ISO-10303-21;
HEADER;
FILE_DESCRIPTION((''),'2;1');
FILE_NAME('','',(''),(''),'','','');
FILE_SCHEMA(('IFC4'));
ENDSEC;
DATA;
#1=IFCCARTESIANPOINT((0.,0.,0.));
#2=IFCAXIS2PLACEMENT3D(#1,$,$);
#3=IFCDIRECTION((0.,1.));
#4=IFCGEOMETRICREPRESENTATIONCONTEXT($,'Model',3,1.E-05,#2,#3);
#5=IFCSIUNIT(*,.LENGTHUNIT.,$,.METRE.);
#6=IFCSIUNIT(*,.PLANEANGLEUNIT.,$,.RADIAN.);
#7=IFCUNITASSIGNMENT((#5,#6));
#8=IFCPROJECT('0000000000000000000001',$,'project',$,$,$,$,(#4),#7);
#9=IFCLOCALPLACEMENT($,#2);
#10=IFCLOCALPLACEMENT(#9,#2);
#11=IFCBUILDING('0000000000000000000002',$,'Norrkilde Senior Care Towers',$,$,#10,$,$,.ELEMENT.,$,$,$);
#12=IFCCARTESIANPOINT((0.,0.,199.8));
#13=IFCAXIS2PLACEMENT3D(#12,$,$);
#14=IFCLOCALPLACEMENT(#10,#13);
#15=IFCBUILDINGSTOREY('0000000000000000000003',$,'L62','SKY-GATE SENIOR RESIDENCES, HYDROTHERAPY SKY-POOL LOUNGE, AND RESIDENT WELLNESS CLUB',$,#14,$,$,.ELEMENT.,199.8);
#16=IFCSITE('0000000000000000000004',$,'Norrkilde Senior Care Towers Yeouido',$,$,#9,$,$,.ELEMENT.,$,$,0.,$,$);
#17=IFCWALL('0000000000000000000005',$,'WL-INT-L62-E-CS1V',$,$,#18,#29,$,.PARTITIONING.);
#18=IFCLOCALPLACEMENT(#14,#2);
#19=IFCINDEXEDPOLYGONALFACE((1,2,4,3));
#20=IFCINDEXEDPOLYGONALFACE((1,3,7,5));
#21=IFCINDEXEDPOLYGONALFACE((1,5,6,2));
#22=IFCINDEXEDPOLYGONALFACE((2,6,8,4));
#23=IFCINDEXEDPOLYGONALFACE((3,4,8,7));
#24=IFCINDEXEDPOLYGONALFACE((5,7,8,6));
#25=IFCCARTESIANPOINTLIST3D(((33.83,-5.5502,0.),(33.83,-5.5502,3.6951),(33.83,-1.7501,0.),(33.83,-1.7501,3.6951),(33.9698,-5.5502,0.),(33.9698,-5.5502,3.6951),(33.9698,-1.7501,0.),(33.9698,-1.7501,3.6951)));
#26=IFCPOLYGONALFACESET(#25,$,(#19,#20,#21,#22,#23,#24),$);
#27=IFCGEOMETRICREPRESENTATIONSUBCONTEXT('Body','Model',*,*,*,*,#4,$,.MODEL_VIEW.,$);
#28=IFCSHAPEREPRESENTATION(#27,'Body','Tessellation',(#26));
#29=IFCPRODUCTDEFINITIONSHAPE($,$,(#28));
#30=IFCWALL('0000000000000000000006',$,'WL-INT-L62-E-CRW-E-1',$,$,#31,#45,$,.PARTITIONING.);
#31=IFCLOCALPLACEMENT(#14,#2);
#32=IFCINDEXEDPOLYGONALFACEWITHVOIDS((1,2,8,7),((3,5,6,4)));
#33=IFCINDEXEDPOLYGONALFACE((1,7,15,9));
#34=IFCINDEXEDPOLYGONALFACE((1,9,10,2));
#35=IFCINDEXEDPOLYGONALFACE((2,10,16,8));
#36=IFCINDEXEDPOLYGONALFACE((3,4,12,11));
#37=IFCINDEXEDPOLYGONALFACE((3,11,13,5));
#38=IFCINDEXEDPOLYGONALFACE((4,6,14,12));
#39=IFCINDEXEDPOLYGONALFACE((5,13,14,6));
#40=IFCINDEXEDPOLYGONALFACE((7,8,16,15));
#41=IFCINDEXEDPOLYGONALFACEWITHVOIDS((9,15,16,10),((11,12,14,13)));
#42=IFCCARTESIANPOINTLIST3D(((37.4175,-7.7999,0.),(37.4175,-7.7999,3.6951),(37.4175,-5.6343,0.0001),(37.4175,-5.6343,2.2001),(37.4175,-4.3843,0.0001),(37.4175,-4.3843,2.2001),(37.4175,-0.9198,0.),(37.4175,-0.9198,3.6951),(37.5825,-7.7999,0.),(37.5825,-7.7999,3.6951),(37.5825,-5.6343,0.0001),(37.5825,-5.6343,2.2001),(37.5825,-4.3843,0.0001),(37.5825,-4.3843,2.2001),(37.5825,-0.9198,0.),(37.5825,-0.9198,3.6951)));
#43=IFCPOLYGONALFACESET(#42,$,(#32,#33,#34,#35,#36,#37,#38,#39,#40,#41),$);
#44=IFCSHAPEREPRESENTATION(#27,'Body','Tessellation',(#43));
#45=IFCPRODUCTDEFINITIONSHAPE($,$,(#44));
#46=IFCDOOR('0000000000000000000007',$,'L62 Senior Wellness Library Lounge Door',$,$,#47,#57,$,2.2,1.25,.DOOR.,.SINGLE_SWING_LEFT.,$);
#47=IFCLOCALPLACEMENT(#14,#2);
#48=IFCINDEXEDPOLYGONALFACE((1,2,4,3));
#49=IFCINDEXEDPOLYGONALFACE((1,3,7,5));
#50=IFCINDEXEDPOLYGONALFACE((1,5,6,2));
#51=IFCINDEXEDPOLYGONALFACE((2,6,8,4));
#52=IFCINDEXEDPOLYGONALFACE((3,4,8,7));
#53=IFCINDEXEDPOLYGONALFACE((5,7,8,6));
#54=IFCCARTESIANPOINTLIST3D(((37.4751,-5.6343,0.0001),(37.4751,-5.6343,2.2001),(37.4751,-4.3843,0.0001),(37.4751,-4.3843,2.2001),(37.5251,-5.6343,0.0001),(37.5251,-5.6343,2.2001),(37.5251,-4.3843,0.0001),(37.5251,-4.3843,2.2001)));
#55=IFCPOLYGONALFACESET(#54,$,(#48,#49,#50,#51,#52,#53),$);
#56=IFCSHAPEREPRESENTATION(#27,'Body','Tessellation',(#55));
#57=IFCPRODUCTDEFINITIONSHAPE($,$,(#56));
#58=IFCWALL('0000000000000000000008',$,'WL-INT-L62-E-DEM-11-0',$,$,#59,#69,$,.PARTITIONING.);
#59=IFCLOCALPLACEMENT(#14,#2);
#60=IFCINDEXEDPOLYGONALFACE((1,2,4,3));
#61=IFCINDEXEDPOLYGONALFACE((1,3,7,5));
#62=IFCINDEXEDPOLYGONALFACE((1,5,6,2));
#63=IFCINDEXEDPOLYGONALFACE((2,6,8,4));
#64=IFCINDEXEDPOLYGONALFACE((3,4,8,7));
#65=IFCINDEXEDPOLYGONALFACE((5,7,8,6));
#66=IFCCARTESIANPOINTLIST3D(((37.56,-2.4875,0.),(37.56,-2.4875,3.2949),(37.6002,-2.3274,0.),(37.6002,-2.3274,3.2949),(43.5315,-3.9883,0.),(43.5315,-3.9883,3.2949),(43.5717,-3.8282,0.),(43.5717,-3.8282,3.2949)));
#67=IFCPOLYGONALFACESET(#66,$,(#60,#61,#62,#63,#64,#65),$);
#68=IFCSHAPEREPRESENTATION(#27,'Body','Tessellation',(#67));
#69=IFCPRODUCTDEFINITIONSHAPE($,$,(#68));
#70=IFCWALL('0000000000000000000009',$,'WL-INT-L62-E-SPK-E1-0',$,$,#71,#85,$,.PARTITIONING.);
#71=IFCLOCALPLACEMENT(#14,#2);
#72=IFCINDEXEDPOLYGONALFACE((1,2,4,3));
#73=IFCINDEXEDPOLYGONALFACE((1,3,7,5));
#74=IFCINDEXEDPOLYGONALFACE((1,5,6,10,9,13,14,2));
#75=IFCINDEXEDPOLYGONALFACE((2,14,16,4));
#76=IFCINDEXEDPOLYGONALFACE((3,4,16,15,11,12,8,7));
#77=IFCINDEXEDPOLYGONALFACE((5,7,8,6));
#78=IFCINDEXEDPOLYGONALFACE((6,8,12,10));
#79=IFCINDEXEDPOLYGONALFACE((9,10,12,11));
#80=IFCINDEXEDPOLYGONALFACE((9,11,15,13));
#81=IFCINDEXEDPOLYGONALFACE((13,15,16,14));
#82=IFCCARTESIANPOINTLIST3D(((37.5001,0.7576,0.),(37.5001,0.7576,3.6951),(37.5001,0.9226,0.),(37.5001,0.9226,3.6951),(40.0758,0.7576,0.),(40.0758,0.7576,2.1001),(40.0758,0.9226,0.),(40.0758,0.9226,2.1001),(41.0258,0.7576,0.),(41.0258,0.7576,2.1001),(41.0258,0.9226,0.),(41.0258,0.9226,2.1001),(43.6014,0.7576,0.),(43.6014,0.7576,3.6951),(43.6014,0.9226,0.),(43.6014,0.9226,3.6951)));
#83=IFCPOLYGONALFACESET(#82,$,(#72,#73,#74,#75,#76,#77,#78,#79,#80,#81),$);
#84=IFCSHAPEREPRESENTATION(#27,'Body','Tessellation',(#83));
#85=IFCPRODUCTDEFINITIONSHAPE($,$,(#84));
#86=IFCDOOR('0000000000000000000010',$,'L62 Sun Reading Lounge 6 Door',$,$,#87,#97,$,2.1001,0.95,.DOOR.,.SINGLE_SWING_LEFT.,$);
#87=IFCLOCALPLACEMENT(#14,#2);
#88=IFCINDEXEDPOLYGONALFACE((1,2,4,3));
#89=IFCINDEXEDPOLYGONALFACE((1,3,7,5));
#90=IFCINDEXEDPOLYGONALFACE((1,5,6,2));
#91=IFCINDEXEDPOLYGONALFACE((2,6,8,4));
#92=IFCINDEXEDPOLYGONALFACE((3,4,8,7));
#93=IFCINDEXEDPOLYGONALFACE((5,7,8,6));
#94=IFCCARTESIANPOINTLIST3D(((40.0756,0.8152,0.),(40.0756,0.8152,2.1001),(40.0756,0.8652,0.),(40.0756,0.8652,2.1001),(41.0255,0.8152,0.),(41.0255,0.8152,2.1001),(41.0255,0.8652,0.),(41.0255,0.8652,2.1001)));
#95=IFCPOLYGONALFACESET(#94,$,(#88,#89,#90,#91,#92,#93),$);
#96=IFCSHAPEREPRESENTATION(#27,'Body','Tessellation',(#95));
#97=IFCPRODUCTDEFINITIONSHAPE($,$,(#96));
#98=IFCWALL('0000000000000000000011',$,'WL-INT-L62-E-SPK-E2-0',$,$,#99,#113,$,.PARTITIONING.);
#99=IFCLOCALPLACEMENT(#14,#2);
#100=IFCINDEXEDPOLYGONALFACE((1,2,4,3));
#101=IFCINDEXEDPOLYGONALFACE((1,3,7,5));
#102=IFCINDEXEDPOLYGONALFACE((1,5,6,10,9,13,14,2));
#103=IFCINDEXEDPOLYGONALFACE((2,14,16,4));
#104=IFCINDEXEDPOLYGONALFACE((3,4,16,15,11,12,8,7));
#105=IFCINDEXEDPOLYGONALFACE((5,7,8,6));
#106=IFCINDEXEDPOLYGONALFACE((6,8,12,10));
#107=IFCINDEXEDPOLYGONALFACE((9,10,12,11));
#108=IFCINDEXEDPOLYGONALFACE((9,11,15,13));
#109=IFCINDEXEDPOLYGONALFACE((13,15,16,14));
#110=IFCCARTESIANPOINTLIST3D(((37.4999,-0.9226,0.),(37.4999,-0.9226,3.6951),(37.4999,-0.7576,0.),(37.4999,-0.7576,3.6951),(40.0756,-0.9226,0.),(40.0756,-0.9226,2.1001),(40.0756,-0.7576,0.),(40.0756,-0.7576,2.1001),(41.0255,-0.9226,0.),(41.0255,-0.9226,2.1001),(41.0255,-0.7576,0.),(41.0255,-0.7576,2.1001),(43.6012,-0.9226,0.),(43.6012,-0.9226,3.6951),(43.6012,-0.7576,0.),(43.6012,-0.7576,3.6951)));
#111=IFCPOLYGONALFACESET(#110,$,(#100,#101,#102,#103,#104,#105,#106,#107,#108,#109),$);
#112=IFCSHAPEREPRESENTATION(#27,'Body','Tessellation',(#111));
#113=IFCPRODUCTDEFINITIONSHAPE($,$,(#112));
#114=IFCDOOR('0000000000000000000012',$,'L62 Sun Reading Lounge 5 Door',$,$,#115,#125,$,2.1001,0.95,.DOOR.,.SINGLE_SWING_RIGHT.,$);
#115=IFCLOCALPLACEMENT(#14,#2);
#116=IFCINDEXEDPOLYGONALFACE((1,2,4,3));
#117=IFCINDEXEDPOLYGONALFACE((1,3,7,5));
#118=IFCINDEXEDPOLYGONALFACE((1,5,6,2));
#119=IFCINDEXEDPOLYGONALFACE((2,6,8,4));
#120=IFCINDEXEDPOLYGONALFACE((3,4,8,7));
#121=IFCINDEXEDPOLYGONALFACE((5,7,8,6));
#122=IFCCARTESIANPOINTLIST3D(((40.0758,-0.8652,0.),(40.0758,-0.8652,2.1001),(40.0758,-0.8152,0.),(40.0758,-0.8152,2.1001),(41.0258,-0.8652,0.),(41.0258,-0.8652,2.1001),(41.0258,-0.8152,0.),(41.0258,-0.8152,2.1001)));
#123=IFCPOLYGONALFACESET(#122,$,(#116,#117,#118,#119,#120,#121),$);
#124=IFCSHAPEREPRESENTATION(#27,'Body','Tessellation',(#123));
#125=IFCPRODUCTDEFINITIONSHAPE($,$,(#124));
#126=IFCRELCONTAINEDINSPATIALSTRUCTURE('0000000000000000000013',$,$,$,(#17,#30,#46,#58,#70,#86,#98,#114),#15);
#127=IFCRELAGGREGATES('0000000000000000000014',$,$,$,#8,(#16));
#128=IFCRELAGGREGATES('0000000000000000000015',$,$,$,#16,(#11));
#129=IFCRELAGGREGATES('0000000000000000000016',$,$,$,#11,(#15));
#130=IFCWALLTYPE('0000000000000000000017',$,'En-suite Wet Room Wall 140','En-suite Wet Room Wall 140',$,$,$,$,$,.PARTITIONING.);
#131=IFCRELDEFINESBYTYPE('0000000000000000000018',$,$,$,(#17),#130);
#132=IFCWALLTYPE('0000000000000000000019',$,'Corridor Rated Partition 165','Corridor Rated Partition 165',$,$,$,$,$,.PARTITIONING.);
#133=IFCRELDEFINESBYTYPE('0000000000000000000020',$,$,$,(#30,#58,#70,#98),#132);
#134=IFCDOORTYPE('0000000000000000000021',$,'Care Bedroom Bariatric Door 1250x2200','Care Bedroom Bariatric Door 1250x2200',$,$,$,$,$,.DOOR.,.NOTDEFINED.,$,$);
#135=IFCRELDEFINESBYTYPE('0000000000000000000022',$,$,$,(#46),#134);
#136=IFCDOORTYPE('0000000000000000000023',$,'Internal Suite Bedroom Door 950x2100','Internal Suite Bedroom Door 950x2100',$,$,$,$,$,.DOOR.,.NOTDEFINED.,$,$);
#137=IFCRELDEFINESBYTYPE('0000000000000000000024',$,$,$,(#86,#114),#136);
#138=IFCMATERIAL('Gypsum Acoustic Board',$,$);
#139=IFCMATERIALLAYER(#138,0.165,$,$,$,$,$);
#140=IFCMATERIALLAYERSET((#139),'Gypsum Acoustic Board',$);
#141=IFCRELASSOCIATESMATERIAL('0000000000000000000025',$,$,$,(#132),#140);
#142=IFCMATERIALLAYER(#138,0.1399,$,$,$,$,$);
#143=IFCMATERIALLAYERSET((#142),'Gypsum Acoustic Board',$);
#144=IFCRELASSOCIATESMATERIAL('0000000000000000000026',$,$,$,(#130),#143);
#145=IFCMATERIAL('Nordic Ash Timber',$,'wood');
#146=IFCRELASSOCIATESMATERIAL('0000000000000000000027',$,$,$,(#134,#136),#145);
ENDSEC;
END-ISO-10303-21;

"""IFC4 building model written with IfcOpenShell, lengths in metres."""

from ifc_helpers import new_model, si_unit, direction, frame, frame_2d, origin, place, context, subcontext, project, spatial, rectangle, extrude, source, transform, mapped, material, layer, layer_set, type_object, type_shapes, element, fill, save


model = new_model("IFC4")

# Units and contexts
model_context = context("Model", 3, precision=1e-05, world=origin(), true_north=direction((0.0, 1.0)))
body_context = subcontext(model_context, "Body", "Model", "MODEL_VIEW")
ifc_project = project(units=[si_unit("LENGTHUNIT", "METRE"), si_unit("PLANEANGLEUNIT", "RADIAN")], contexts=[model_context])

# Site, building, storey
site_placement = place(None, origin())
site = spatial("IfcSite", under=ifc_project, at=site_placement, Name="Norrkilde Senior Care Towers Yeouido", CompositionType="ELEMENT", RefElevation=0.0)
building_placement = place(site_placement, origin())
building = spatial("IfcBuilding", under=site, at=building_placement, Name="Norrkilde Senior Care Towers", CompositionType="ELEMENT")
storey_placement = place(building_placement, frame((0.0, 0.0, 199.8)))
storey = spatial("IfcBuildingStorey", under=building, at=storey_placement, Name="L62", Description="SKY-GATE SENIOR RESIDENCES, HYDROTHERAPY SKY-POOL LOUNGE, AND RESIDENT WELLNESS CLUB", CompositionType="ELEMENT", Elevation=199.8)

# Shared definitions
ifc_material_1 = material(Name="Gypsum Acoustic Board")
ifc_layer_1 = layer(ifc_material_1, 0.165)
ifc_layer_set_1 = layer_set([ifc_layer_1], Name="Gypsum Acoustic Board")
wall_type_1 = type_object("IfcWallType", Name="Corridor Rated Partition 165", Description="Corridor Rated Partition 165", PredefinedType="PARTITIONING", material=ifc_layer_set_1)

# Wall
ifc_layer_2 = layer(ifc_material_1, 0.1399)
ifc_layer_set_2 = layer_set([ifc_layer_2], Name="Gypsum Acoustic Board")
wall_type_2 = type_object("IfcWallType", Name="En-suite Wet Room Wall 140", Description="En-suite Wet Room Wall 140", PredefinedType="PARTITIONING", material=ifc_layer_set_2)
shared_shape_1 = source(origin(), body_context, "Body", "SweptSolid", [
    extrude(rectangle(XDim=3.8, YDim=0.1399, at=frame_2d((1.8999, 0.0))), origin(), (0.0, 0.0, 1.0), 3.6951),
])
type_shapes(wall_type_2, [shared_shape_1])
wall_1_placement = place(storey_placement, frame((33.8999, -5.55, 0.0), z_axis=(0.0, 0.0, 1.0), x_axis=(0.0, 1.0, 0.0)))
element("IfcWall", 1, at=wall_1_placement, inside=storey, type_object=wall_type_2, Name="WL-INT-L62-E-CS1V", PredefinedType="PARTITIONING", context=body_context, shape_type="MappedRepresentation", body=[
    mapped(shared_shape_1, transform((0.0, 0.0, 0.0), x_axis=(1.0, 0.0, 0.0), y_axis=(0.0, 1.0, 0.0), z_axis=(0.0, 0.0, 1.0), scale=1.0)),
])

# Wall, opening, door
shared_shape_2 = source(origin(), body_context, "Body", "SweptSolid", [
    extrude(rectangle(XDim=6.8801, YDim=0.165, at=frame_2d((3.4399, 0.0))), origin(), (0.0, 0.0, 1.0), 3.6951),
])
wall_2_placement = place(storey_placement, frame((37.5, -0.9199, 0.0), z_axis=(0.0, 0.0, 1.0), x_axis=(0.0, -1.0, 0.0)))
wall_2 = element("IfcWall", 2, at=wall_2_placement, inside=storey, type_object=wall_type_1, Name="WL-INT-L62-E-CRW-E-1", PredefinedType="PARTITIONING", context=body_context, shape_type="MappedRepresentation", body=[
    mapped(shared_shape_2, transform((0.0, 0.0, 0.0), x_axis=(1.0, 0.0, 0.0), y_axis=(0.0, 1.0, 0.0), z_axis=(0.0, 0.0, 1.0), scale=1.0)),
])
opening_1_placement = place(wall_2_placement, frame((3.4644, 0.0, 0.0)))
opening_1 = element("IfcOpeningElement", 3, at=opening_1_placement, cuts=wall_2, PredefinedType="OPENING", context=body_context, shape_type="SweptSolid", body=[
    extrude(rectangle(XDim=1.25, YDim=2.2, at=frame_2d((0.625, 1.1001))), frame((0.0, 0.0925, 0.0), z_axis=(0.0, -1.0, 0.0), x_axis=(1.0, 0.0, 0.0)), (0.0, 0.0, 1.0), 0.1851),
])
ifc_material_2 = material(Name="Nordic Ash Timber", Category="wood")
door_type_1 = type_object("IfcDoorType", Name="Care Bedroom Bariatric Door 1250x2200", Description="Care Bedroom Bariatric Door 1250x2200", OperationType="NOTDEFINED", PredefinedType="DOOR", material=ifc_material_2)
shared_shape_3 = source(origin(), body_context, "Body", "SweptSolid", [
    extrude(rectangle(XDim=1.25, YDim=2.2, at=frame_2d((0.625, 1.1001))), frame((0.0, 0.0249, 0.0), z_axis=(0.0, -1.0, 0.0), x_axis=(1.0, 0.0, 0.0)), (0.0, 0.0, 1.0), 0.05),
])
type_shapes(door_type_1, [shared_shape_3])
door_1_placement = place(opening_1_placement, frame((1.25, 0.0, 0.0), z_axis=(0.0, 0.0, 1.0), x_axis=(-1.0, 0.0, 0.0)))
door_1 = element("IfcDoor", 4, at=door_1_placement, inside=storey, type_object=door_type_1, Name="L62 Senior Wellness Library Lounge Door", OperationType="SINGLE_SWING_LEFT", OverallHeight=2.2, OverallWidth=1.25, PredefinedType="DOOR", context=body_context, shape_type="MappedRepresentation", body=[
    mapped(shared_shape_3, transform((0.0, 0.0, 0.0), x_axis=(1.0, 0.0, 0.0), y_axis=(0.0, 1.0, 0.0), z_axis=(0.0, 0.0, 1.0), scale=1.0)),
])
fill(opening_1, door_1)

# Wall
shared_shape_4 = source(origin(), body_context, "Body", "SweptSolid", [
    extrude(rectangle(XDim=6.1572, YDim=0.165, at=frame_2d((3.0786, 0.0))), origin(), (0.0, 0.0, 1.0), 3.2949),
])
wall_3_placement = place(storey_placement, frame((37.5801, -2.4075, 0.0), z_axis=(0.0, 0.0, 1.0), x_axis=(0.969841, -0.243739, 0.0)))
element("IfcWall", 5, at=wall_3_placement, inside=storey, type_object=wall_type_1, Name="WL-INT-L62-E-DEM-11-0", PredefinedType="PARTITIONING", context=body_context, shape_type="MappedRepresentation", body=[
    mapped(shared_shape_4, transform((0.0, 0.0, 0.0), x_axis=(1.0, 0.0, 0.0), y_axis=(0.0, 1.0, 0.0), z_axis=(0.0, 0.0, 1.0), scale=1.0)),
])

# Walls, openings, doors
shared_shape_5 = source(origin(), body_context, "Body", "SweptSolid", [
    extrude(rectangle(XDim=6.1013, YDim=0.165, at=frame_2d((3.0508, 0.0))), origin(), (0.0, 0.0, 1.0), 3.6951),
])
wall_4_placement = place(storey_placement, frame((37.5, 0.8401, 0.0), z_axis=(0.0, 0.0, 1.0), x_axis=(1.0, 0.0, 0.0)))
wall_4 = element("IfcWall", 6, at=wall_4_placement, inside=storey, type_object=wall_type_1, Name="WL-INT-L62-E-SPK-E1-0", PredefinedType="PARTITIONING", context=body_context, shape_type="MappedRepresentation", body=[
    mapped(shared_shape_5, transform((0.0, 0.0, 0.0), x_axis=(1.0, 0.0, 0.0), y_axis=(0.0, 1.0, 0.0), z_axis=(0.0, 0.0, 1.0), scale=1.0)),
])
opening_2_placement = place(wall_4_placement, frame((2.5757, 0.0, 0.0)))
opening_2 = element("IfcOpeningElement", 7, at=opening_2_placement, cuts=wall_4, PredefinedType="OPENING", context=body_context, shape_type="SweptSolid", body=[
    extrude(rectangle(XDim=0.95, YDim=2.1001, at=frame_2d((0.4751, 1.05))), frame((0.0, 0.0925, 0.0), z_axis=(0.0, -1.0, 0.0), x_axis=(1.0, 0.0, 0.0)), (0.0, 0.0, 1.0), 0.1851),
])
door_type_2 = type_object("IfcDoorType", Name="Internal Suite Bedroom Door 950x2100", Description="Internal Suite Bedroom Door 950x2100", OperationType="NOTDEFINED", PredefinedType="DOOR", material=ifc_material_2)
shared_shape_6 = source(origin(), body_context, "Body", "SweptSolid", [
    extrude(rectangle(XDim=0.95, YDim=2.1001, at=frame_2d((0.4751, 1.05))), frame((0.0, 0.0249, 0.0), z_axis=(0.0, -1.0, 0.0), x_axis=(1.0, 0.0, 0.0)), (0.0, 0.0, 1.0), 0.05),
])
type_shapes(door_type_2, [shared_shape_6])
door_2_placement = place(opening_2_placement, frame((0.95, 0.0, 0.0), z_axis=(0.0, 0.0, 1.0), x_axis=(-1.0, 0.0, 0.0)))
door_2 = element("IfcDoor", 8, at=door_2_placement, inside=storey, type_object=door_type_2, Name="L62 Sun Reading Lounge 6 Door", OperationType="SINGLE_SWING_LEFT", OverallHeight=2.1001, OverallWidth=0.95, PredefinedType="DOOR", context=body_context, shape_type="MappedRepresentation", body=[
    mapped(shared_shape_6, transform((0.0, 0.0, 0.0), x_axis=(1.0, 0.0, 0.0), y_axis=(0.0, 1.0, 0.0), z_axis=(0.0, 0.0, 1.0), scale=1.0)),
])
fill(opening_2, door_2)
wall_5_placement = place(storey_placement, frame((43.6013, -0.8401, 0.0), z_axis=(0.0, 0.0, 1.0), x_axis=(-1.0, 0.0, 0.0)))
wall_5 = element("IfcWall", 9, at=wall_5_placement, inside=storey, type_object=wall_type_1, Name="WL-INT-L62-E-SPK-E2-0", PredefinedType="PARTITIONING", context=body_context, shape_type="MappedRepresentation", body=[
    mapped(shared_shape_5, transform((0.0, 0.0, 0.0), x_axis=(1.0, 0.0, 0.0), y_axis=(0.0, 1.0, 0.0), z_axis=(0.0, 0.0, 1.0), scale=1.0)),
])
opening_3_placement = place(wall_5_placement, frame((2.5757, 0.0, 0.0)))
opening_3 = element("IfcOpeningElement", 10, at=opening_3_placement, cuts=wall_5, PredefinedType="OPENING", context=body_context, shape_type="SweptSolid", body=[
    extrude(rectangle(XDim=0.95, YDim=2.1001, at=frame_2d((0.4751, 1.05))), frame((0.0, 0.0925, 0.0), z_axis=(0.0, -1.0, 0.0), x_axis=(1.0, 0.0, 0.0)), (0.0, 0.0, 1.0), 0.1851),
])
door_3_placement = place(opening_3_placement, frame((0.95, 0.0, 0.0), z_axis=(0.0, 0.0, 1.0), x_axis=(-1.0, 0.0, 0.0)))
door_3 = element("IfcDoor", 11, at=door_3_placement, inside=storey, type_object=door_type_2, Name="L62 Sun Reading Lounge 5 Door", OperationType="SINGLE_SWING_RIGHT", OverallHeight=2.1001, OverallWidth=0.95, PredefinedType="DOOR", context=body_context, shape_type="MappedRepresentation", body=[
    mapped(shared_shape_6, transform((0.0, 0.0, 0.0), x_axis=(1.0, 0.0, 0.0), y_axis=(0.0, 1.0, 0.0), z_axis=(0.0, 0.0, 1.0), scale=1.0)),
])
fill(opening_3, door_3)

save(model, "model.ifc")
